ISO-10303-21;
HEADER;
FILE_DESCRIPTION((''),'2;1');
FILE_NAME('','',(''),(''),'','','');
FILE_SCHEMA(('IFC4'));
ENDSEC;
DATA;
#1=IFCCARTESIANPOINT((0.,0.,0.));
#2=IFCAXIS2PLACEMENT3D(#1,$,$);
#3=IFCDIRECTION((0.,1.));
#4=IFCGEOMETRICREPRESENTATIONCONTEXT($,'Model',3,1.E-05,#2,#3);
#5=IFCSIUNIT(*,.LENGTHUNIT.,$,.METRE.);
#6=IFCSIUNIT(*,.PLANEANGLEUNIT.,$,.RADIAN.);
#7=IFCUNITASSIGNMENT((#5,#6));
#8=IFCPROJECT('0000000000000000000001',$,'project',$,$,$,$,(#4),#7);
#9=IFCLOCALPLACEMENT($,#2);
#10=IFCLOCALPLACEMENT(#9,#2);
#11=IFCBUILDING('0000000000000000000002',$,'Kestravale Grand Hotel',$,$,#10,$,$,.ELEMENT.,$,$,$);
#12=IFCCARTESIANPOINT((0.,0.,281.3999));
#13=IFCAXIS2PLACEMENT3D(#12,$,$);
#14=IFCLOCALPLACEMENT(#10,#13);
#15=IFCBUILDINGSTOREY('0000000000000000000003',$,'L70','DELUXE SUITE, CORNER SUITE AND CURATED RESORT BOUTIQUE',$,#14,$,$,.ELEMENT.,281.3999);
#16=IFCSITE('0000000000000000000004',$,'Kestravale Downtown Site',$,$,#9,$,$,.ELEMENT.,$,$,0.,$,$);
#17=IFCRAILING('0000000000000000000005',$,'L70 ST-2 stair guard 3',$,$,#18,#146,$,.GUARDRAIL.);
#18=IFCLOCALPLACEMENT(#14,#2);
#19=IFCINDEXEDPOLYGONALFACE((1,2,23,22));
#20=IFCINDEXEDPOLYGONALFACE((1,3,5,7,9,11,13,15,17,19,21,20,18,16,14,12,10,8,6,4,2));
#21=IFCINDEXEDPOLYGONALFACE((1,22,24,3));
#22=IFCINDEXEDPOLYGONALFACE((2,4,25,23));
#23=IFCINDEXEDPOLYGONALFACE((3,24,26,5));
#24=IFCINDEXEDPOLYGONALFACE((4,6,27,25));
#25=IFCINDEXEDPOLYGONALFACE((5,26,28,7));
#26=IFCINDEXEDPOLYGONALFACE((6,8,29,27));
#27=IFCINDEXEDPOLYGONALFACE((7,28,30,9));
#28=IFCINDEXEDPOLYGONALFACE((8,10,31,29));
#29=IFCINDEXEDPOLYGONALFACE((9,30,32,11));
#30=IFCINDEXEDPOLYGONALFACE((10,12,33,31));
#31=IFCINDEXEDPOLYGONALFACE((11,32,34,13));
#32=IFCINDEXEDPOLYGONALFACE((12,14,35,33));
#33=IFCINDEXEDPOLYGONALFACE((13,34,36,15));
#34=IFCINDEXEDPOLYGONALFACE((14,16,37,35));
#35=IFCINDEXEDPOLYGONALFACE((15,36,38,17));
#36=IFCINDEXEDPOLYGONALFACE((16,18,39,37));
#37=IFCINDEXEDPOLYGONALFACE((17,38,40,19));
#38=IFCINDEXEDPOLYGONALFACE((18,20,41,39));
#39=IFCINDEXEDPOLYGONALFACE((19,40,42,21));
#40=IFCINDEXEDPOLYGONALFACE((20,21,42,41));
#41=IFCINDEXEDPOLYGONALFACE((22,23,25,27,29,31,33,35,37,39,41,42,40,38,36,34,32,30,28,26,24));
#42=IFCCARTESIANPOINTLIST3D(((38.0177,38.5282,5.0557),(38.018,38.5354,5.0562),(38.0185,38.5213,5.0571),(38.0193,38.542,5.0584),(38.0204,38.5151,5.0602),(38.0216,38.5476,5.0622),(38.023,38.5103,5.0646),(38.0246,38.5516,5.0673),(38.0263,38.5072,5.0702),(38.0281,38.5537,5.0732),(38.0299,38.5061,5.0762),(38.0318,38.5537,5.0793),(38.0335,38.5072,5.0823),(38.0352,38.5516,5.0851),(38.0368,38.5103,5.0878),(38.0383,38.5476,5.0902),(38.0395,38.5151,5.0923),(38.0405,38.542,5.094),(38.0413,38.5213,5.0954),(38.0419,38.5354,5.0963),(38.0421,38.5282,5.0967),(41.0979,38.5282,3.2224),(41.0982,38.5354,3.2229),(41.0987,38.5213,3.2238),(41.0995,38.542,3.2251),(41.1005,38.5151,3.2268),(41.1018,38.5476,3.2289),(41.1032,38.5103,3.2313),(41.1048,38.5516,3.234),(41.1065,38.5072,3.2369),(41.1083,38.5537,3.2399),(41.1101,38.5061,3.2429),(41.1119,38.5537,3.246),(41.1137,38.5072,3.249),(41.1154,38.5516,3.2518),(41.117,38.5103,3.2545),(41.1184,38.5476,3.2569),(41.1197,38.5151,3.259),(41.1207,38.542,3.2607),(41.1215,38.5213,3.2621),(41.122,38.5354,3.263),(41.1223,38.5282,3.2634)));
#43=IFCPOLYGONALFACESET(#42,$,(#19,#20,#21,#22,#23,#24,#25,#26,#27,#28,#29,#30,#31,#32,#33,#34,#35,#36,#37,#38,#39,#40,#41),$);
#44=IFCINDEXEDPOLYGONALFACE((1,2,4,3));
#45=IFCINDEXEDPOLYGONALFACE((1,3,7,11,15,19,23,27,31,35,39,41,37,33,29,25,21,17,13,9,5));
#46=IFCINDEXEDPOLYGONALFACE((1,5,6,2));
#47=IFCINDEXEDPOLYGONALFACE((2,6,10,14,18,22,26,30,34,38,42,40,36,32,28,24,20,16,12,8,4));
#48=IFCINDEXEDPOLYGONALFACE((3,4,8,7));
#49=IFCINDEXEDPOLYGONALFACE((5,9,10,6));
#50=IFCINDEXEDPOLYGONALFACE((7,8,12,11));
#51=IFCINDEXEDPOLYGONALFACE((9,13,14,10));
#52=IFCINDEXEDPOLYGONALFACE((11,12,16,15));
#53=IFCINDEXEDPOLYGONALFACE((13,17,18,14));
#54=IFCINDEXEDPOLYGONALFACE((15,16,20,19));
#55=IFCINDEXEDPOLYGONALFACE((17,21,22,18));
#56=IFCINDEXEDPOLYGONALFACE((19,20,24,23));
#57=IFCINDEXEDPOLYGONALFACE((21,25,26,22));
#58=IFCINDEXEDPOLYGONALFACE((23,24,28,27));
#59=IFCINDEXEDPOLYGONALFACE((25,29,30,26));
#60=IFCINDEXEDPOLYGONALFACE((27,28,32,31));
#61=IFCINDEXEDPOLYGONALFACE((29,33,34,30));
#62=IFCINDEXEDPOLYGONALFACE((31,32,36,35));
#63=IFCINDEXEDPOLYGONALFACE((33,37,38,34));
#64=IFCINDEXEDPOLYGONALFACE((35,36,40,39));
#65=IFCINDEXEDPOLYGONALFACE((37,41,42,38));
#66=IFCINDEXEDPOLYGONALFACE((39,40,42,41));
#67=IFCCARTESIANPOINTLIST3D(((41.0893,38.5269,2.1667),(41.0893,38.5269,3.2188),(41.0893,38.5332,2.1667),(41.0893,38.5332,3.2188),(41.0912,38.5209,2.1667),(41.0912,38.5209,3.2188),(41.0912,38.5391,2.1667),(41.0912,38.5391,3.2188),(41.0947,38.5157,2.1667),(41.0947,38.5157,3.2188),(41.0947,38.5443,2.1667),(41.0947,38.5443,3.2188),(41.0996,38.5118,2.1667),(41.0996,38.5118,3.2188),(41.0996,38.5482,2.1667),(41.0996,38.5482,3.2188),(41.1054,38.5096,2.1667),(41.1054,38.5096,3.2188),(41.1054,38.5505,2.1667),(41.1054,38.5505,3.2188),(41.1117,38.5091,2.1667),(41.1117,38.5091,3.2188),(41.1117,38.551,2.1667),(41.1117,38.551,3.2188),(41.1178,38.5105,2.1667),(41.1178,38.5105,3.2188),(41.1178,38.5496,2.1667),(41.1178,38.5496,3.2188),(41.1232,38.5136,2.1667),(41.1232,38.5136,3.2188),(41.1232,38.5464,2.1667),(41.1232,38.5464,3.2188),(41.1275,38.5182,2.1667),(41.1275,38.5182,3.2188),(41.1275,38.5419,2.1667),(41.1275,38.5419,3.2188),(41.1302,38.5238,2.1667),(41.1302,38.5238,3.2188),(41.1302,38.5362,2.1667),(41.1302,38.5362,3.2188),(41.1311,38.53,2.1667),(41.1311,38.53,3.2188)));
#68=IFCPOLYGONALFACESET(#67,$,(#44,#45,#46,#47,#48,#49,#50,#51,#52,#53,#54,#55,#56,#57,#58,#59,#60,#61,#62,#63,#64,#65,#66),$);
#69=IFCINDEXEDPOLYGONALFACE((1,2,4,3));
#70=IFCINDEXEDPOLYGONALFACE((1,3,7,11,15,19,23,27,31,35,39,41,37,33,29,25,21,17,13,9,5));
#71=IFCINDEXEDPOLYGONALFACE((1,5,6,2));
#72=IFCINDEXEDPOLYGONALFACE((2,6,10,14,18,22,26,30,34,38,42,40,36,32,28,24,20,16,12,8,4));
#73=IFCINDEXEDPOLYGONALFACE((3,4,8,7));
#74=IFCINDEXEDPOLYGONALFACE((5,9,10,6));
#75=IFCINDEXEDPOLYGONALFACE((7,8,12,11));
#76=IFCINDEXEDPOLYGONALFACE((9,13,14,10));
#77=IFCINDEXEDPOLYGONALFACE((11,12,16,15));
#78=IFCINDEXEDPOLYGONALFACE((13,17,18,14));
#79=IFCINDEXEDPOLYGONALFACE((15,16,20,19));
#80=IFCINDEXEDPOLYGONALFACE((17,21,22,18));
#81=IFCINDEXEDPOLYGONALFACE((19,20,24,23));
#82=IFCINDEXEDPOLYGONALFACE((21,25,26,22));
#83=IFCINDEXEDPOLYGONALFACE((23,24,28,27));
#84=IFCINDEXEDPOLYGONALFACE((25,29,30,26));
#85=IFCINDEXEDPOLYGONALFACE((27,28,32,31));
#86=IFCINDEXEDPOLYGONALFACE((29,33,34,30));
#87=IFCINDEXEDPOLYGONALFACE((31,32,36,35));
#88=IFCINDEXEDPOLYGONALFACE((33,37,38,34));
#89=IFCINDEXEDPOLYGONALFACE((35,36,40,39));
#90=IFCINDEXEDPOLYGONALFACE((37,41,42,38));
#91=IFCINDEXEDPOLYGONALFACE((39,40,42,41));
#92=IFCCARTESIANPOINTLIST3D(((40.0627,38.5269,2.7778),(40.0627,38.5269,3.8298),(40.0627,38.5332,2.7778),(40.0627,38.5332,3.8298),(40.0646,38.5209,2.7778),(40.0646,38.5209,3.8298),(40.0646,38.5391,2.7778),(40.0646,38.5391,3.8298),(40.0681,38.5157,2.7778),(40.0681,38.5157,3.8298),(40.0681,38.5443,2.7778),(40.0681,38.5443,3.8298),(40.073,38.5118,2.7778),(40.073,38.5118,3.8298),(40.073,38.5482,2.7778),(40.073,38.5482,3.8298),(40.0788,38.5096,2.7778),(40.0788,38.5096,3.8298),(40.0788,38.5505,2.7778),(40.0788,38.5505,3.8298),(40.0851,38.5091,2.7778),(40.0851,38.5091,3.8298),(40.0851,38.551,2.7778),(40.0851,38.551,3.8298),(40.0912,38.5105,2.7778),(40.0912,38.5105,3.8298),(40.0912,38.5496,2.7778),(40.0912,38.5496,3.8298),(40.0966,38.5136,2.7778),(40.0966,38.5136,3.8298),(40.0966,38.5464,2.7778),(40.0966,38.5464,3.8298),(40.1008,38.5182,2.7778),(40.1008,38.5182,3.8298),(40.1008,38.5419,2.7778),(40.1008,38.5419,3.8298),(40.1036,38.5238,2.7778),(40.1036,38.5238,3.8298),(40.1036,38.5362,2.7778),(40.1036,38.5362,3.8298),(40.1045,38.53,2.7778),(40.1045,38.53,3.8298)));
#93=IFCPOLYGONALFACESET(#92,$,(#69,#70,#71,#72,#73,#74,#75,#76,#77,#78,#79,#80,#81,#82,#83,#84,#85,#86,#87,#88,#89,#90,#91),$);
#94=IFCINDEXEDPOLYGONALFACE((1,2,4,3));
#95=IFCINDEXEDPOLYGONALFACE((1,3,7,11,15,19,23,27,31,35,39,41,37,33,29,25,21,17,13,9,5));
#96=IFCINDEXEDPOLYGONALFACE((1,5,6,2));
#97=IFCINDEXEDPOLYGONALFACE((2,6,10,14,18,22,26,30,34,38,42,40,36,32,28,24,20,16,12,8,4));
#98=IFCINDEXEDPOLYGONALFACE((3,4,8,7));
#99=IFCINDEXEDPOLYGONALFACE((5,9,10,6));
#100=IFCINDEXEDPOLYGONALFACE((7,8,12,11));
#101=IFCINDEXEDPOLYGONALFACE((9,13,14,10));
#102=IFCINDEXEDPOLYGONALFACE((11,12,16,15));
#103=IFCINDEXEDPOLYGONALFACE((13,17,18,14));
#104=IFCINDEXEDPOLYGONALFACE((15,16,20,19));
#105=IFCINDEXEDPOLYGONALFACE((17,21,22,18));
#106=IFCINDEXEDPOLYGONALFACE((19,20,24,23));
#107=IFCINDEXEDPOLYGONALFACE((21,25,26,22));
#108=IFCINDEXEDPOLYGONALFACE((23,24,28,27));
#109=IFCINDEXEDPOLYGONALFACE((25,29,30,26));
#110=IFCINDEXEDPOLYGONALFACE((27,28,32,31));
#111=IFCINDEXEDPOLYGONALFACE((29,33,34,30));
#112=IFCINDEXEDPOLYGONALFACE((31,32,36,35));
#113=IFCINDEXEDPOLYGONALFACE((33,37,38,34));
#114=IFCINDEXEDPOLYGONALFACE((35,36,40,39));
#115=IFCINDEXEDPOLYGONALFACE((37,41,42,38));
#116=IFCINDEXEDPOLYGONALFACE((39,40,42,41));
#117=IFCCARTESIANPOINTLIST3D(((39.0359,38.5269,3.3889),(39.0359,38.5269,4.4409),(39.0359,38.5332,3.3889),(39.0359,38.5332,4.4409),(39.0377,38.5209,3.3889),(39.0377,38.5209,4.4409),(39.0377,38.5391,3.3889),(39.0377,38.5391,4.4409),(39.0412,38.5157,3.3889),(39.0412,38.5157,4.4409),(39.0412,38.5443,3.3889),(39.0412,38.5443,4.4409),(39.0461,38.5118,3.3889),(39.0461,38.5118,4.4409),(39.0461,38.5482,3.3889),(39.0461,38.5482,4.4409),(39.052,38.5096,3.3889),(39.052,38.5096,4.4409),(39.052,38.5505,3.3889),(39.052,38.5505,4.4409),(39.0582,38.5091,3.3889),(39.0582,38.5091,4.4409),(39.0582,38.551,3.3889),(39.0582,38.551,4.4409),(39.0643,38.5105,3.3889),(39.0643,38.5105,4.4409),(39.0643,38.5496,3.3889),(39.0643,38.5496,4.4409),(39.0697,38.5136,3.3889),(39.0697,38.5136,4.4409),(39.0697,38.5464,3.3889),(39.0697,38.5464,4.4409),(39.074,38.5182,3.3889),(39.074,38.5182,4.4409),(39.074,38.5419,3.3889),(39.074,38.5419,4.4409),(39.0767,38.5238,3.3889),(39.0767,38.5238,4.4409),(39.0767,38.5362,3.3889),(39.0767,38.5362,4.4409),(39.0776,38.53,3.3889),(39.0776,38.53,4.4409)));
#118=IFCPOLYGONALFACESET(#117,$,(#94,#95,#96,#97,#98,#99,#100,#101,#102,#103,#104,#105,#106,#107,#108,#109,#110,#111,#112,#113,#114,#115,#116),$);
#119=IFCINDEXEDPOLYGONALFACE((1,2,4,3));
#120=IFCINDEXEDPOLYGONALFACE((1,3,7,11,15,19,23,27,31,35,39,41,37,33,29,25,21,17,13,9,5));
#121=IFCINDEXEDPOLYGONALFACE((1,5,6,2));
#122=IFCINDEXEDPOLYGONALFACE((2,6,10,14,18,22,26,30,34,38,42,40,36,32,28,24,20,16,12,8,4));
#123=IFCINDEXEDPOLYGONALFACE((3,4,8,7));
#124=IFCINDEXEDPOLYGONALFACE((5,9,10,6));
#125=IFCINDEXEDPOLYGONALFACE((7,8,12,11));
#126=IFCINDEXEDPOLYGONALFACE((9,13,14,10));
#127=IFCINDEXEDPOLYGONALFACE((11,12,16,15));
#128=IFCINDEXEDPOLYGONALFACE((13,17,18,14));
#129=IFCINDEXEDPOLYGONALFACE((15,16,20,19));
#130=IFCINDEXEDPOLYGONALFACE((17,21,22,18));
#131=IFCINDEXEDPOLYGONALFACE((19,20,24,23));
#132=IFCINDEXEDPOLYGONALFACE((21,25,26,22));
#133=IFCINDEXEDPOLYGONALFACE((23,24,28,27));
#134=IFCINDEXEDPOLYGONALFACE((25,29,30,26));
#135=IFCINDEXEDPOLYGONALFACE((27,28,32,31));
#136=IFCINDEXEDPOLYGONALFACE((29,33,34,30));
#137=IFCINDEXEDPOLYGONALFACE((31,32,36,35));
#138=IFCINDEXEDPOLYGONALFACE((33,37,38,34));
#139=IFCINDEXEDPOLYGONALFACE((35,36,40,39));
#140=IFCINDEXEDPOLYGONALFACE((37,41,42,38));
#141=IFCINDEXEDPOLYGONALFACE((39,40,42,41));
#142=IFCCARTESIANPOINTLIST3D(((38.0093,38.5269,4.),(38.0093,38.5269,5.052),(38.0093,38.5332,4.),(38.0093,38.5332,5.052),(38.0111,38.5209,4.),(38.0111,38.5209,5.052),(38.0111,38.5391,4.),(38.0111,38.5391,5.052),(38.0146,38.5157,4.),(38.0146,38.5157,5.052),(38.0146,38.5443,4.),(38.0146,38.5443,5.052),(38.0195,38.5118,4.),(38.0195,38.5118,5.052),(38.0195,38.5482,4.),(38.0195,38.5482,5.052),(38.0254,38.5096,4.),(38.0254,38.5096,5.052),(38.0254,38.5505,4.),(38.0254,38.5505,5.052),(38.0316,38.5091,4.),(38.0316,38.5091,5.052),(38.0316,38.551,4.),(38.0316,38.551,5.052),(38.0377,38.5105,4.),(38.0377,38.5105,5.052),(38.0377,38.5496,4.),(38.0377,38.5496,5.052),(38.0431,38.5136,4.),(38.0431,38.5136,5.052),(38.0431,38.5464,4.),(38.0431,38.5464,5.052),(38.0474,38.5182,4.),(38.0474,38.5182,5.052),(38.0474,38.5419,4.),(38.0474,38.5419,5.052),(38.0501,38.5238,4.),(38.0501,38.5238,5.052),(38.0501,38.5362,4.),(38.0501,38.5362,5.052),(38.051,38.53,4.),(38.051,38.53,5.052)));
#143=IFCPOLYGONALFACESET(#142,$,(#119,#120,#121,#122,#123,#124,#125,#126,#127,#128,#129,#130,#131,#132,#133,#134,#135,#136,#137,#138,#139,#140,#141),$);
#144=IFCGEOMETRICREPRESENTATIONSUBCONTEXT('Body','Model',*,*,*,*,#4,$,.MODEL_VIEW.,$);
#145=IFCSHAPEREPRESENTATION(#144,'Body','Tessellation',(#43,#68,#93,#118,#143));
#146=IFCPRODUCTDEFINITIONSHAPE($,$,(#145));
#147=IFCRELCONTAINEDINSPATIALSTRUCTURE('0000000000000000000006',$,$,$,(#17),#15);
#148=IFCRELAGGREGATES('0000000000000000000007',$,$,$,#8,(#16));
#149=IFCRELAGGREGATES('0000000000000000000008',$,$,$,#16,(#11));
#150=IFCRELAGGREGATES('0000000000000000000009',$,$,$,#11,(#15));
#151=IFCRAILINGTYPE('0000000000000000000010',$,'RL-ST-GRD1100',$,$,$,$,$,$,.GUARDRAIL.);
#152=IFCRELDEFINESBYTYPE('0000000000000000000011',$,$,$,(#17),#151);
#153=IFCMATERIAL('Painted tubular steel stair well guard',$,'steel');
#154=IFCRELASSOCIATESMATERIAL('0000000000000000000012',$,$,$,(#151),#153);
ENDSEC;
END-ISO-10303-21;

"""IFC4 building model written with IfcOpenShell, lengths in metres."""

from ifc_helpers import new_model, si_unit, direction, frame, origin, origin_2d, place, context, subcontext, project, spatial, circle, extrude, material, type_object, element, save


model = new_model("IFC4")

# Units and contexts
model_context = context("Model", 3, precision=1e-05, world=origin(), true_north=direction((0.0, 1.0)))
body_context = subcontext(model_context, "Body", "Model", "MODEL_VIEW")
ifc_project = project(units=[si_unit("LENGTHUNIT", "METRE"), si_unit("PLANEANGLEUNIT", "RADIAN")], contexts=[model_context])

# Site, building, storey
site_placement = place(None, origin())
site = spatial("IfcSite", under=ifc_project, at=site_placement, Name="Kestravale Downtown Site", CompositionType="ELEMENT", RefElevation=0.0)
building_placement = place(site_placement, origin())
building = spatial("IfcBuilding", under=site, at=building_placement, Name="Kestravale Grand Hotel", CompositionType="ELEMENT")
storey_placement = place(building_placement, frame((0.0, 0.0, 281.3999)))
storey = spatial("IfcBuildingStorey", under=building, at=storey_placement, Name="L70", Description="DELUXE SUITE, CORNER SUITE AND CURATED RESORT BOUTIQUE", CompositionType="ELEMENT", Elevation=281.3999)

# Railing
ifc_material_1 = material(Name="Painted tubular steel stair well guard", Category="steel")
railing_type_1 = type_object("IfcRailingType", Name="RL-ST-GRD1100", PredefinedType="GUARDRAIL", material=ifc_material_1)
railing_1_placement = place(storey_placement, frame((41.1101, 38.53, 2.1667)))
element("IfcRailing", 1, at=railing_1_placement, inside=storey, type_object=railing_type_1, Name="L70 ST-2 stair guard 3", PredefinedType="GUARDRAIL", context=body_context, shape_type="SweptSolid", body=[
    extrude(circle(Radius=0.0239, at=origin_2d()), frame((0.0, 0.0, 1.0762), z_axis=(-0.859309, 0.0, 0.511458), x_axis=(0.0, -1.0, 0.0)), (0.0, 0.0, 1.0), 3.5845),
    extrude(circle(Radius=0.021, at=origin_2d()), origin(), (0.0, 0.0, 1.0), 1.052),
    extrude(circle(Radius=0.021, at=origin_2d()), frame((-1.0266, 0.0, 0.6111)), (0.0, 0.0, 1.0), 1.052),
    extrude(circle(Radius=0.021, at=origin_2d()), frame((-2.0535, 0.0, 1.2222)), (0.0, 0.0, 1.0), 1.052),
    extrude(circle(Radius=0.021, at=origin_2d()), frame((-3.0801, 0.0, 1.8333)), (0.0, 0.0, 1.0), 1.052),
])

save(model, "model.ifc")
